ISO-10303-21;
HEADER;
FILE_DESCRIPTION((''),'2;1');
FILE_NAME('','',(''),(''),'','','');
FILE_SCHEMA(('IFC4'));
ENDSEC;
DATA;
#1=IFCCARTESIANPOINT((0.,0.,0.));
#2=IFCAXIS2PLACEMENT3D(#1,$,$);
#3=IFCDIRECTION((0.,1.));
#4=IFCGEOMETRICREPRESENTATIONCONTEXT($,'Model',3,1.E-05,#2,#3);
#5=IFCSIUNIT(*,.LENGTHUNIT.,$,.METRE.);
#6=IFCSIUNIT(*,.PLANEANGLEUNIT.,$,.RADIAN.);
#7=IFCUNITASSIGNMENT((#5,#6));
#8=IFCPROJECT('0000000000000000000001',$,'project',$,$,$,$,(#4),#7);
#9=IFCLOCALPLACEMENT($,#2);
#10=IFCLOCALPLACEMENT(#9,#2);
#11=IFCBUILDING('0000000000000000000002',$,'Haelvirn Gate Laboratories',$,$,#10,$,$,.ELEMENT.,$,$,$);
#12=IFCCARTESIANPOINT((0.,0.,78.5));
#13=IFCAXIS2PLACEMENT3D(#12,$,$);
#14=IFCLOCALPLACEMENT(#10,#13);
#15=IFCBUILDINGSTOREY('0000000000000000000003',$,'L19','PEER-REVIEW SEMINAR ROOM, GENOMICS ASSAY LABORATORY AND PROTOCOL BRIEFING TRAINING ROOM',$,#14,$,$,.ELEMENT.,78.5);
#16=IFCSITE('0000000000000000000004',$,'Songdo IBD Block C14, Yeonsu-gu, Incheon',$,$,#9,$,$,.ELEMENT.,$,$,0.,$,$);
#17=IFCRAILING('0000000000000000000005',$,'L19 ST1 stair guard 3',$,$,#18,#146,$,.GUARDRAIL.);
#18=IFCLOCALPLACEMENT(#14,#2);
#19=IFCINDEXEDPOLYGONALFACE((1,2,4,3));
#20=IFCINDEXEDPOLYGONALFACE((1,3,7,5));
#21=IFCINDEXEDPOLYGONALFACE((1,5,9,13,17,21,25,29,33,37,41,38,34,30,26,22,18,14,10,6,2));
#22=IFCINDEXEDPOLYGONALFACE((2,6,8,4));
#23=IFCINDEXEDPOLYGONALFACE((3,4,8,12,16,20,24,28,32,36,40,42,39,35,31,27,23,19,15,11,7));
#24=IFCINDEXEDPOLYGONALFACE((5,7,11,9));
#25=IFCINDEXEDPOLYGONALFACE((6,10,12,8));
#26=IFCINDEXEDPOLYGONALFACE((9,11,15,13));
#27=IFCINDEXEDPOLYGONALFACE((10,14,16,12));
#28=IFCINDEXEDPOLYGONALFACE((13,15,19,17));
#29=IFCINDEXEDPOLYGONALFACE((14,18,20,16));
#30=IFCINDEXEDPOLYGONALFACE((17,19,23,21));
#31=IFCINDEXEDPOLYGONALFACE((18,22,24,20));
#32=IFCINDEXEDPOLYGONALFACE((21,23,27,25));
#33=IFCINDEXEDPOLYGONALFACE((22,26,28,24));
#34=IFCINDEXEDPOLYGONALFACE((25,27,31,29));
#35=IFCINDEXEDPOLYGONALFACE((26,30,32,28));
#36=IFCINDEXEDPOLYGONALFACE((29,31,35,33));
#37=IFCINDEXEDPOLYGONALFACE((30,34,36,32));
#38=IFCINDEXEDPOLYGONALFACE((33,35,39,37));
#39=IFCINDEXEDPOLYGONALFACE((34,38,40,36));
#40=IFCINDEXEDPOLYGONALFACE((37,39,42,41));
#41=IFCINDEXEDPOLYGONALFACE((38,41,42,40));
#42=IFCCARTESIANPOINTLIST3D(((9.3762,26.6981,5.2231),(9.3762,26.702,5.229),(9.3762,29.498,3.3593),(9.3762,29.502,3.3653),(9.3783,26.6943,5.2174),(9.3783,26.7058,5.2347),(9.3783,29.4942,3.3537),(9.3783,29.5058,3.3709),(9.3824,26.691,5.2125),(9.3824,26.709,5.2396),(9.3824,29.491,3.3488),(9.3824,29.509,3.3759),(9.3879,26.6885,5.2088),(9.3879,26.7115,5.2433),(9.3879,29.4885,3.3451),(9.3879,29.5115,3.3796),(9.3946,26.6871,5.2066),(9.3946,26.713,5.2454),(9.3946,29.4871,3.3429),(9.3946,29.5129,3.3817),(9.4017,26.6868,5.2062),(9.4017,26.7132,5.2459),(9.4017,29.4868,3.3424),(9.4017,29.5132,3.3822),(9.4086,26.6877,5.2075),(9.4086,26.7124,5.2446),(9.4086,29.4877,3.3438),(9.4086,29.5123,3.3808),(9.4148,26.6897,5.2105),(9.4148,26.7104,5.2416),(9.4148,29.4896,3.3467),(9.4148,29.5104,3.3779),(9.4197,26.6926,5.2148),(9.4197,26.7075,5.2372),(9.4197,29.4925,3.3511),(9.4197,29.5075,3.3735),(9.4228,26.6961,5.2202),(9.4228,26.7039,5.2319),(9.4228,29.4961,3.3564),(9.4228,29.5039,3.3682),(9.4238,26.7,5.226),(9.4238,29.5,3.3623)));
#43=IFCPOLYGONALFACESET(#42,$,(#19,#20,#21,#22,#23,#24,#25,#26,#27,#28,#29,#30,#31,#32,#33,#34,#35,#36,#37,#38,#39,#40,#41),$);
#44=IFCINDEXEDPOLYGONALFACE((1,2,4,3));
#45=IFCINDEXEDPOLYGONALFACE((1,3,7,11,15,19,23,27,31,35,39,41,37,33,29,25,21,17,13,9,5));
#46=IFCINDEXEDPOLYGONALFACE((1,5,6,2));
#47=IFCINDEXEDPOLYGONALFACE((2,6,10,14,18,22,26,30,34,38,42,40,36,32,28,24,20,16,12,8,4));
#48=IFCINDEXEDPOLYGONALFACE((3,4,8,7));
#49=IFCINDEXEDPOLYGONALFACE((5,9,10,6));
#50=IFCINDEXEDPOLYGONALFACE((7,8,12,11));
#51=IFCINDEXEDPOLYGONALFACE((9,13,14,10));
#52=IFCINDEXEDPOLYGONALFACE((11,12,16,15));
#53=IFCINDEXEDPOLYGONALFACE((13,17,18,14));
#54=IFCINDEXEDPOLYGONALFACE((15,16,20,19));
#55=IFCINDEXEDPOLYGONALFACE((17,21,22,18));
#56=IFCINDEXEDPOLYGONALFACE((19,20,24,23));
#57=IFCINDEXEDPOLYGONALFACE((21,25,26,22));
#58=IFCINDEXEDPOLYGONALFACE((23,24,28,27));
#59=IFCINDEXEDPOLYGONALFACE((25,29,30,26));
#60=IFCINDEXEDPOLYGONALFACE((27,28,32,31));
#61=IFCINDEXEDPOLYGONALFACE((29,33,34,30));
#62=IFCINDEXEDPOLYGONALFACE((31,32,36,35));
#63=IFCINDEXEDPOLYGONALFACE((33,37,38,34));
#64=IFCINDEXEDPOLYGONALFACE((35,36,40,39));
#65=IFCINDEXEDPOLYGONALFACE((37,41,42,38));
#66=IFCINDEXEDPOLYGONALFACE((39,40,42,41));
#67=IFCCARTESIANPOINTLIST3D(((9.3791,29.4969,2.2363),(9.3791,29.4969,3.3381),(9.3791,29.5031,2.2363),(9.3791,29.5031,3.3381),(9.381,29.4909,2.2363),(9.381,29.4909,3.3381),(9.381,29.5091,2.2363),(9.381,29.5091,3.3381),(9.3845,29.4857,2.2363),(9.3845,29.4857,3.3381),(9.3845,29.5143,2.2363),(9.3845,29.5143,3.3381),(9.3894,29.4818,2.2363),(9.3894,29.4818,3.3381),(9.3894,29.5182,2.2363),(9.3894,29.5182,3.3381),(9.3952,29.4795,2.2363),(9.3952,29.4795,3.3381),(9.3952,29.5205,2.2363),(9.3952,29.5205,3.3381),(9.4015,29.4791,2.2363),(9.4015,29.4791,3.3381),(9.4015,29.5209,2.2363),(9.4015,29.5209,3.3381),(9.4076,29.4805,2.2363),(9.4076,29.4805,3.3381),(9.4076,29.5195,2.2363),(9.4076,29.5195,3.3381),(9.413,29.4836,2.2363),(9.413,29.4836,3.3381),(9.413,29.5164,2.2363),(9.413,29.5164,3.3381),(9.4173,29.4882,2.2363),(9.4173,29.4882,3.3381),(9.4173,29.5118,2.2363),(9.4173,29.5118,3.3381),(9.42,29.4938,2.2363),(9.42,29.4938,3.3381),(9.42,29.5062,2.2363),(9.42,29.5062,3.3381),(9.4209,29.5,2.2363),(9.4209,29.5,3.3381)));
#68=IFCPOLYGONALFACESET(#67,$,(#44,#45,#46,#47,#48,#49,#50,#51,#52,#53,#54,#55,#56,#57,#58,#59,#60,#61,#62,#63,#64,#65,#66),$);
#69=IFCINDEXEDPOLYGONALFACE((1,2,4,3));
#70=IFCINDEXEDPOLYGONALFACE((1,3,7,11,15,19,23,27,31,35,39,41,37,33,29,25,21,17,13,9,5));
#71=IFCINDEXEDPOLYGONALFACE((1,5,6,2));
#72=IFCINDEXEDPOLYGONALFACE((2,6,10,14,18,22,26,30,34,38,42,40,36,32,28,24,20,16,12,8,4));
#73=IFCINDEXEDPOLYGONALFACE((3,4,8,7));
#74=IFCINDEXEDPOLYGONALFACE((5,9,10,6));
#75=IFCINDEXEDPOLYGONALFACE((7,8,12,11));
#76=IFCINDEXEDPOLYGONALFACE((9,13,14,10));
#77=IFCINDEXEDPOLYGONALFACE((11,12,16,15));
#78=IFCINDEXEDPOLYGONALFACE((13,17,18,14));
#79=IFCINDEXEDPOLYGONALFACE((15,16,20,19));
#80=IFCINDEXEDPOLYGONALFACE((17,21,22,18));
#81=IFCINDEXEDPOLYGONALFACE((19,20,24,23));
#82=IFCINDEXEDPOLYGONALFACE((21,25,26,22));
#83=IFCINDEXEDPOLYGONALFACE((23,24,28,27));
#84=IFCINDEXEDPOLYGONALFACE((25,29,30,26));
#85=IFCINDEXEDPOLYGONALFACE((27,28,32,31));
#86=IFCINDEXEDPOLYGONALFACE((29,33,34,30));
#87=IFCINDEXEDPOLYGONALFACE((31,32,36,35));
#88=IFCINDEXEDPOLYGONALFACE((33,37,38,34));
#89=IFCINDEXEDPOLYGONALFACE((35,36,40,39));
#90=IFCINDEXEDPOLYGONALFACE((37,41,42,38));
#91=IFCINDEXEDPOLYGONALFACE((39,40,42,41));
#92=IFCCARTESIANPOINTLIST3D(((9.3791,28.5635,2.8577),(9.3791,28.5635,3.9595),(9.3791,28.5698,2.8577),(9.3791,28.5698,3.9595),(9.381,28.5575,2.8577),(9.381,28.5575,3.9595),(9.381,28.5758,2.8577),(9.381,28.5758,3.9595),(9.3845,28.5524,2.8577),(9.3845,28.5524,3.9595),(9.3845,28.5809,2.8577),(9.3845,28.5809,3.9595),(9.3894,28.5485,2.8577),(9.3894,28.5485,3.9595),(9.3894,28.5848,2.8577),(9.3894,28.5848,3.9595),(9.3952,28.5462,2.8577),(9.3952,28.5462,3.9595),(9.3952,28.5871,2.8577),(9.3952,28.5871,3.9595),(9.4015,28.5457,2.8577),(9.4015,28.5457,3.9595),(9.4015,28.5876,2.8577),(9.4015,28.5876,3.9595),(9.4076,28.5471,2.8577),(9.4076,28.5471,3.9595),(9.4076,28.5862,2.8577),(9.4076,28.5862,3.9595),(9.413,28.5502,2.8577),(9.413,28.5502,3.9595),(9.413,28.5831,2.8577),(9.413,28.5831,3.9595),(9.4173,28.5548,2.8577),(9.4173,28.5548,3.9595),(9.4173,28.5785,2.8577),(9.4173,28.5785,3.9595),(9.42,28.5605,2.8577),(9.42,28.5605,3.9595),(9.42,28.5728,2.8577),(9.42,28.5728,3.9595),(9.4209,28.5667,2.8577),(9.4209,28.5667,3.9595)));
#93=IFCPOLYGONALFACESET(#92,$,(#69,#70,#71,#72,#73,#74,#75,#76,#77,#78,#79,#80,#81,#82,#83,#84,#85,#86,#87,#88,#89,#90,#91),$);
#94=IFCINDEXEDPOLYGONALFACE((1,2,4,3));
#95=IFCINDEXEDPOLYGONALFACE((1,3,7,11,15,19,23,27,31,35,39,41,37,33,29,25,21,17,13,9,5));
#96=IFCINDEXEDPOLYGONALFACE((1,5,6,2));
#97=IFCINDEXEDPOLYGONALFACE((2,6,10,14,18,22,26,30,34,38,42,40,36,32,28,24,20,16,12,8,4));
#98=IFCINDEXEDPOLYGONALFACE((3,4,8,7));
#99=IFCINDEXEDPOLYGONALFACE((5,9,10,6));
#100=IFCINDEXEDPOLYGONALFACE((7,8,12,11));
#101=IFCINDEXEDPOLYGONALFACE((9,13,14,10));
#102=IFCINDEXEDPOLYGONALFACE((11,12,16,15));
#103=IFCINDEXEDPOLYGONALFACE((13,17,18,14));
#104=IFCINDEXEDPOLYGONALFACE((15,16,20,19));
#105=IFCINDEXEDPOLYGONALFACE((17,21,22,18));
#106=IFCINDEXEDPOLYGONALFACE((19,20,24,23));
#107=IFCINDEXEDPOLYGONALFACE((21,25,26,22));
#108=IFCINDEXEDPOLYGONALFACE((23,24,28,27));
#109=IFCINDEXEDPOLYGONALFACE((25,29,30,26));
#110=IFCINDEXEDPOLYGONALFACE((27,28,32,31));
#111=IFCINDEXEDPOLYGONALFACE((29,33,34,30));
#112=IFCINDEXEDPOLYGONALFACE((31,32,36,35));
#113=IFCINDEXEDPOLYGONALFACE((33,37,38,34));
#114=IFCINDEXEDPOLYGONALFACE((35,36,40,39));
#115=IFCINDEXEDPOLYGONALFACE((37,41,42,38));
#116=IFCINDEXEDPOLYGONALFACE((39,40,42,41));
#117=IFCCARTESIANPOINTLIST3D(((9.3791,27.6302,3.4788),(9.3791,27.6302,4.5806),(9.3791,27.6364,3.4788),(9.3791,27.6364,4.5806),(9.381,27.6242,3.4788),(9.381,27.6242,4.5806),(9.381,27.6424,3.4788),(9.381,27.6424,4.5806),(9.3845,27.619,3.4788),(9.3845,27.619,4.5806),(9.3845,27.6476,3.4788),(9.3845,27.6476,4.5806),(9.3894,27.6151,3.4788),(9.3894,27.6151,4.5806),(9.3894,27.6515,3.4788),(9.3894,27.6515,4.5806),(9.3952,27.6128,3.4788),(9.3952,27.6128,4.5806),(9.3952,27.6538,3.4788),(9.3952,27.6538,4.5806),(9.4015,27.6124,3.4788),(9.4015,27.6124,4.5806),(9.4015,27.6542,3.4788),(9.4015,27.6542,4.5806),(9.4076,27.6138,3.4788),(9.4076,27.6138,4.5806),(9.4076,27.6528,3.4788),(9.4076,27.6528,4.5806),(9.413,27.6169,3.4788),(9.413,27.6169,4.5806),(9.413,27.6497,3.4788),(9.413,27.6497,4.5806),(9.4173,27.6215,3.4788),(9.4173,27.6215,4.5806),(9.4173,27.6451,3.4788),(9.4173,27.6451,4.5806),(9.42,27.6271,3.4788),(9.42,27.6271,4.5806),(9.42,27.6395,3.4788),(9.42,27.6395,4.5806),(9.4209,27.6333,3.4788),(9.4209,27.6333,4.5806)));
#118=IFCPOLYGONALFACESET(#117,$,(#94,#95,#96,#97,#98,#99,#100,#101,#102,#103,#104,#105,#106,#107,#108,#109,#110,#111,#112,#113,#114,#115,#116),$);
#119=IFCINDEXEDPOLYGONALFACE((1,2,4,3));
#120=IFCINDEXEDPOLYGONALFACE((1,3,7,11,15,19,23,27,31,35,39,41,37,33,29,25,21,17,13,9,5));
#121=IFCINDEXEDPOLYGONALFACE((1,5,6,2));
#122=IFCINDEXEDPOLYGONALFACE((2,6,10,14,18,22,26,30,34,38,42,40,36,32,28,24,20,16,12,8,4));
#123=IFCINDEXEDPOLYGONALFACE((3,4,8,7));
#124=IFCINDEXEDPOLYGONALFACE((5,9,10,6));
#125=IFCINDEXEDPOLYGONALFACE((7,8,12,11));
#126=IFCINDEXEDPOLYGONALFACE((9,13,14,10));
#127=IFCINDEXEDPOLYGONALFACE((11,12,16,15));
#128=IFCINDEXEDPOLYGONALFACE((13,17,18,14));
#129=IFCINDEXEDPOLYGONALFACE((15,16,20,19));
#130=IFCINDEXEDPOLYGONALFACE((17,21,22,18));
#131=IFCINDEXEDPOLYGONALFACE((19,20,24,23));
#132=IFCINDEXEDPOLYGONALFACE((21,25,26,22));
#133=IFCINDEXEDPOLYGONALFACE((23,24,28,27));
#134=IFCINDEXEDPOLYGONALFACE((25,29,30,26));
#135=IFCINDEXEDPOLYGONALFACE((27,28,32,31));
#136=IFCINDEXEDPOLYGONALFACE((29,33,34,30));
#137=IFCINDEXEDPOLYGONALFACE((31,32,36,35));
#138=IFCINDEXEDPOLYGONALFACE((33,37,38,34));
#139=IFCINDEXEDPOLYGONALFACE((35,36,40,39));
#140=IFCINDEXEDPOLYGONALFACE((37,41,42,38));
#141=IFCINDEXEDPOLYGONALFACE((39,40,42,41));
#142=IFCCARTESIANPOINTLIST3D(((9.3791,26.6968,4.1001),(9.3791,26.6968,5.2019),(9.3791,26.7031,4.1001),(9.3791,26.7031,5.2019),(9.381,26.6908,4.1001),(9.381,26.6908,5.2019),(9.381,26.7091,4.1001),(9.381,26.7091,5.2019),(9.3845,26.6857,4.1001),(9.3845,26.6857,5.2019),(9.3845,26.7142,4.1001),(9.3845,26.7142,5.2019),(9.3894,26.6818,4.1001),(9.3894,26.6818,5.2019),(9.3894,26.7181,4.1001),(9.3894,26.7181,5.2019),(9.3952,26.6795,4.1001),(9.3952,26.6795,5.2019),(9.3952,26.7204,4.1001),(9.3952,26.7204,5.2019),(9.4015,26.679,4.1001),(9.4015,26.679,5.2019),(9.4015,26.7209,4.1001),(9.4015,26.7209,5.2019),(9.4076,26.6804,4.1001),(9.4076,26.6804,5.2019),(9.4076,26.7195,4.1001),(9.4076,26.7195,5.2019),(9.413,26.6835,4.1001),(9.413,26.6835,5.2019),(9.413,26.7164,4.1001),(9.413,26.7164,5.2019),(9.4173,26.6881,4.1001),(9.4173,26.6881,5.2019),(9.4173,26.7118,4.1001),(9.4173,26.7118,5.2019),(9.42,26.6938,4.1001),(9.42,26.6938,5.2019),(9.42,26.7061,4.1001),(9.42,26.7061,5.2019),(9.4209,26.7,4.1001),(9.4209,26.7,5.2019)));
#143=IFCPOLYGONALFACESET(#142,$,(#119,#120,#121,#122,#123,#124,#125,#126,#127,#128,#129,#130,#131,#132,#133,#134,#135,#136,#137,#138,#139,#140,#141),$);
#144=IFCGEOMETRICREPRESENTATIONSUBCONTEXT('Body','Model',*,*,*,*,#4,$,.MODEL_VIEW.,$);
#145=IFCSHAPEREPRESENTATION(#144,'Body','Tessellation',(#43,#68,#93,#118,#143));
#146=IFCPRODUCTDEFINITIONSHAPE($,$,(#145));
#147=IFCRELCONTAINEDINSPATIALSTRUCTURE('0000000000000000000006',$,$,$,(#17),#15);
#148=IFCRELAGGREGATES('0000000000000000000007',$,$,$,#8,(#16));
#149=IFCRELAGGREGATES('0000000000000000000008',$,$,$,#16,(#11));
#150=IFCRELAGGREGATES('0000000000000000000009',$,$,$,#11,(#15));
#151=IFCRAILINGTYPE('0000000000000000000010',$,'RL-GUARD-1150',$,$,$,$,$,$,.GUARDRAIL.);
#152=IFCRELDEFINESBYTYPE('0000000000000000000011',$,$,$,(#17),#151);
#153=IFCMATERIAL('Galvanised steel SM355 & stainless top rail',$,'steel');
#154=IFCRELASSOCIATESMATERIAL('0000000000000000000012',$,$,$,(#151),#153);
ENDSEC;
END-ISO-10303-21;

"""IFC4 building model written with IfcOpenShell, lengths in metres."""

from ifc_helpers import new_model, si_unit, direction, frame, origin, origin_2d, place, context, subcontext, project, spatial, circle, extrude, source, transform, mapped, material, type_object, element, save


model = new_model("IFC4")

# Units and contexts
model_context = context("Model", 3, precision=1e-05, world=origin(), true_north=direction((0.0, 1.0)))
body_context = subcontext(model_context, "Body", "Model", "MODEL_VIEW")
ifc_project = project(units=[si_unit("LENGTHUNIT", "METRE"), si_unit("PLANEANGLEUNIT", "RADIAN")], contexts=[model_context])

# Site, building, storey
site_placement = place(None, origin())
site = spatial("IfcSite", under=ifc_project, at=site_placement, Name="Songdo IBD Block C14, Yeonsu-gu, Incheon", CompositionType="ELEMENT", RefElevation=0.0)
building_placement = place(site_placement, origin())
building = spatial("IfcBuilding", under=site, at=building_placement, Name="Haelvirn Gate Laboratories", CompositionType="ELEMENT")
storey_placement = place(building_placement, frame((0.0, 0.0, 78.5)))
storey = spatial("IfcBuildingStorey", under=building, at=storey_placement, Name="L19", Description="PEER-REVIEW SEMINAR ROOM, GENOMICS ASSAY LABORATORY AND PROTOCOL BRIEFING TRAINING ROOM", CompositionType="ELEMENT", Elevation=78.5)

# Railing
ifc_material_1 = material(Name="Galvanised steel SM355 & stainless top rail", Category="steel")
railing_type_1 = type_object("IfcRailingType", Name="RL-GUARD-1150", PredefinedType="GUARDRAIL", material=ifc_material_1)
shared_shape_1 = source(origin(), body_context, "Body", "SweptSolid", [
    extrude(circle(Radius=0.0239, at=origin_2d()), frame((0.0, 0.0, 1.126), z_axis=(0.0, -0.832452, 0.554097), x_axis=(1.0, 0.0, 0.0)), (0.0, 0.0, 1.0), 3.3635),
    extrude(circle(Radius=0.021, at=origin_2d()), origin(), (0.0, 0.0, 1.0), 1.1018),
    extrude(circle(Radius=0.021, at=origin_2d()), frame((0.0, -0.9333, 0.6213)), (0.0, 0.0, 1.0), 1.1018),
    extrude(circle(Radius=0.021, at=origin_2d()), frame((0.0, -1.8667, 1.2424)), (0.0, 0.0, 1.0), 1.1018),
    extrude(circle(Radius=0.021, at=origin_2d()), frame((0.0, -2.8, 1.8638)), (0.0, 0.0, 1.0), 1.1018),
])
railing_1_placement = place(storey_placement, frame((9.3999, 29.5, 2.2363)))
element("IfcRailing", 1, at=railing_1_placement, inside=storey, type_object=railing_type_1, Name="L19 ST1 stair guard 3", PredefinedType="GUARDRAIL", context=body_context, shape_type="MappedRepresentation", body=[
    mapped(shared_shape_1, transform((0.0, 0.0, 0.0), scale=1.0)),
])

save(model, "model.ifc")
